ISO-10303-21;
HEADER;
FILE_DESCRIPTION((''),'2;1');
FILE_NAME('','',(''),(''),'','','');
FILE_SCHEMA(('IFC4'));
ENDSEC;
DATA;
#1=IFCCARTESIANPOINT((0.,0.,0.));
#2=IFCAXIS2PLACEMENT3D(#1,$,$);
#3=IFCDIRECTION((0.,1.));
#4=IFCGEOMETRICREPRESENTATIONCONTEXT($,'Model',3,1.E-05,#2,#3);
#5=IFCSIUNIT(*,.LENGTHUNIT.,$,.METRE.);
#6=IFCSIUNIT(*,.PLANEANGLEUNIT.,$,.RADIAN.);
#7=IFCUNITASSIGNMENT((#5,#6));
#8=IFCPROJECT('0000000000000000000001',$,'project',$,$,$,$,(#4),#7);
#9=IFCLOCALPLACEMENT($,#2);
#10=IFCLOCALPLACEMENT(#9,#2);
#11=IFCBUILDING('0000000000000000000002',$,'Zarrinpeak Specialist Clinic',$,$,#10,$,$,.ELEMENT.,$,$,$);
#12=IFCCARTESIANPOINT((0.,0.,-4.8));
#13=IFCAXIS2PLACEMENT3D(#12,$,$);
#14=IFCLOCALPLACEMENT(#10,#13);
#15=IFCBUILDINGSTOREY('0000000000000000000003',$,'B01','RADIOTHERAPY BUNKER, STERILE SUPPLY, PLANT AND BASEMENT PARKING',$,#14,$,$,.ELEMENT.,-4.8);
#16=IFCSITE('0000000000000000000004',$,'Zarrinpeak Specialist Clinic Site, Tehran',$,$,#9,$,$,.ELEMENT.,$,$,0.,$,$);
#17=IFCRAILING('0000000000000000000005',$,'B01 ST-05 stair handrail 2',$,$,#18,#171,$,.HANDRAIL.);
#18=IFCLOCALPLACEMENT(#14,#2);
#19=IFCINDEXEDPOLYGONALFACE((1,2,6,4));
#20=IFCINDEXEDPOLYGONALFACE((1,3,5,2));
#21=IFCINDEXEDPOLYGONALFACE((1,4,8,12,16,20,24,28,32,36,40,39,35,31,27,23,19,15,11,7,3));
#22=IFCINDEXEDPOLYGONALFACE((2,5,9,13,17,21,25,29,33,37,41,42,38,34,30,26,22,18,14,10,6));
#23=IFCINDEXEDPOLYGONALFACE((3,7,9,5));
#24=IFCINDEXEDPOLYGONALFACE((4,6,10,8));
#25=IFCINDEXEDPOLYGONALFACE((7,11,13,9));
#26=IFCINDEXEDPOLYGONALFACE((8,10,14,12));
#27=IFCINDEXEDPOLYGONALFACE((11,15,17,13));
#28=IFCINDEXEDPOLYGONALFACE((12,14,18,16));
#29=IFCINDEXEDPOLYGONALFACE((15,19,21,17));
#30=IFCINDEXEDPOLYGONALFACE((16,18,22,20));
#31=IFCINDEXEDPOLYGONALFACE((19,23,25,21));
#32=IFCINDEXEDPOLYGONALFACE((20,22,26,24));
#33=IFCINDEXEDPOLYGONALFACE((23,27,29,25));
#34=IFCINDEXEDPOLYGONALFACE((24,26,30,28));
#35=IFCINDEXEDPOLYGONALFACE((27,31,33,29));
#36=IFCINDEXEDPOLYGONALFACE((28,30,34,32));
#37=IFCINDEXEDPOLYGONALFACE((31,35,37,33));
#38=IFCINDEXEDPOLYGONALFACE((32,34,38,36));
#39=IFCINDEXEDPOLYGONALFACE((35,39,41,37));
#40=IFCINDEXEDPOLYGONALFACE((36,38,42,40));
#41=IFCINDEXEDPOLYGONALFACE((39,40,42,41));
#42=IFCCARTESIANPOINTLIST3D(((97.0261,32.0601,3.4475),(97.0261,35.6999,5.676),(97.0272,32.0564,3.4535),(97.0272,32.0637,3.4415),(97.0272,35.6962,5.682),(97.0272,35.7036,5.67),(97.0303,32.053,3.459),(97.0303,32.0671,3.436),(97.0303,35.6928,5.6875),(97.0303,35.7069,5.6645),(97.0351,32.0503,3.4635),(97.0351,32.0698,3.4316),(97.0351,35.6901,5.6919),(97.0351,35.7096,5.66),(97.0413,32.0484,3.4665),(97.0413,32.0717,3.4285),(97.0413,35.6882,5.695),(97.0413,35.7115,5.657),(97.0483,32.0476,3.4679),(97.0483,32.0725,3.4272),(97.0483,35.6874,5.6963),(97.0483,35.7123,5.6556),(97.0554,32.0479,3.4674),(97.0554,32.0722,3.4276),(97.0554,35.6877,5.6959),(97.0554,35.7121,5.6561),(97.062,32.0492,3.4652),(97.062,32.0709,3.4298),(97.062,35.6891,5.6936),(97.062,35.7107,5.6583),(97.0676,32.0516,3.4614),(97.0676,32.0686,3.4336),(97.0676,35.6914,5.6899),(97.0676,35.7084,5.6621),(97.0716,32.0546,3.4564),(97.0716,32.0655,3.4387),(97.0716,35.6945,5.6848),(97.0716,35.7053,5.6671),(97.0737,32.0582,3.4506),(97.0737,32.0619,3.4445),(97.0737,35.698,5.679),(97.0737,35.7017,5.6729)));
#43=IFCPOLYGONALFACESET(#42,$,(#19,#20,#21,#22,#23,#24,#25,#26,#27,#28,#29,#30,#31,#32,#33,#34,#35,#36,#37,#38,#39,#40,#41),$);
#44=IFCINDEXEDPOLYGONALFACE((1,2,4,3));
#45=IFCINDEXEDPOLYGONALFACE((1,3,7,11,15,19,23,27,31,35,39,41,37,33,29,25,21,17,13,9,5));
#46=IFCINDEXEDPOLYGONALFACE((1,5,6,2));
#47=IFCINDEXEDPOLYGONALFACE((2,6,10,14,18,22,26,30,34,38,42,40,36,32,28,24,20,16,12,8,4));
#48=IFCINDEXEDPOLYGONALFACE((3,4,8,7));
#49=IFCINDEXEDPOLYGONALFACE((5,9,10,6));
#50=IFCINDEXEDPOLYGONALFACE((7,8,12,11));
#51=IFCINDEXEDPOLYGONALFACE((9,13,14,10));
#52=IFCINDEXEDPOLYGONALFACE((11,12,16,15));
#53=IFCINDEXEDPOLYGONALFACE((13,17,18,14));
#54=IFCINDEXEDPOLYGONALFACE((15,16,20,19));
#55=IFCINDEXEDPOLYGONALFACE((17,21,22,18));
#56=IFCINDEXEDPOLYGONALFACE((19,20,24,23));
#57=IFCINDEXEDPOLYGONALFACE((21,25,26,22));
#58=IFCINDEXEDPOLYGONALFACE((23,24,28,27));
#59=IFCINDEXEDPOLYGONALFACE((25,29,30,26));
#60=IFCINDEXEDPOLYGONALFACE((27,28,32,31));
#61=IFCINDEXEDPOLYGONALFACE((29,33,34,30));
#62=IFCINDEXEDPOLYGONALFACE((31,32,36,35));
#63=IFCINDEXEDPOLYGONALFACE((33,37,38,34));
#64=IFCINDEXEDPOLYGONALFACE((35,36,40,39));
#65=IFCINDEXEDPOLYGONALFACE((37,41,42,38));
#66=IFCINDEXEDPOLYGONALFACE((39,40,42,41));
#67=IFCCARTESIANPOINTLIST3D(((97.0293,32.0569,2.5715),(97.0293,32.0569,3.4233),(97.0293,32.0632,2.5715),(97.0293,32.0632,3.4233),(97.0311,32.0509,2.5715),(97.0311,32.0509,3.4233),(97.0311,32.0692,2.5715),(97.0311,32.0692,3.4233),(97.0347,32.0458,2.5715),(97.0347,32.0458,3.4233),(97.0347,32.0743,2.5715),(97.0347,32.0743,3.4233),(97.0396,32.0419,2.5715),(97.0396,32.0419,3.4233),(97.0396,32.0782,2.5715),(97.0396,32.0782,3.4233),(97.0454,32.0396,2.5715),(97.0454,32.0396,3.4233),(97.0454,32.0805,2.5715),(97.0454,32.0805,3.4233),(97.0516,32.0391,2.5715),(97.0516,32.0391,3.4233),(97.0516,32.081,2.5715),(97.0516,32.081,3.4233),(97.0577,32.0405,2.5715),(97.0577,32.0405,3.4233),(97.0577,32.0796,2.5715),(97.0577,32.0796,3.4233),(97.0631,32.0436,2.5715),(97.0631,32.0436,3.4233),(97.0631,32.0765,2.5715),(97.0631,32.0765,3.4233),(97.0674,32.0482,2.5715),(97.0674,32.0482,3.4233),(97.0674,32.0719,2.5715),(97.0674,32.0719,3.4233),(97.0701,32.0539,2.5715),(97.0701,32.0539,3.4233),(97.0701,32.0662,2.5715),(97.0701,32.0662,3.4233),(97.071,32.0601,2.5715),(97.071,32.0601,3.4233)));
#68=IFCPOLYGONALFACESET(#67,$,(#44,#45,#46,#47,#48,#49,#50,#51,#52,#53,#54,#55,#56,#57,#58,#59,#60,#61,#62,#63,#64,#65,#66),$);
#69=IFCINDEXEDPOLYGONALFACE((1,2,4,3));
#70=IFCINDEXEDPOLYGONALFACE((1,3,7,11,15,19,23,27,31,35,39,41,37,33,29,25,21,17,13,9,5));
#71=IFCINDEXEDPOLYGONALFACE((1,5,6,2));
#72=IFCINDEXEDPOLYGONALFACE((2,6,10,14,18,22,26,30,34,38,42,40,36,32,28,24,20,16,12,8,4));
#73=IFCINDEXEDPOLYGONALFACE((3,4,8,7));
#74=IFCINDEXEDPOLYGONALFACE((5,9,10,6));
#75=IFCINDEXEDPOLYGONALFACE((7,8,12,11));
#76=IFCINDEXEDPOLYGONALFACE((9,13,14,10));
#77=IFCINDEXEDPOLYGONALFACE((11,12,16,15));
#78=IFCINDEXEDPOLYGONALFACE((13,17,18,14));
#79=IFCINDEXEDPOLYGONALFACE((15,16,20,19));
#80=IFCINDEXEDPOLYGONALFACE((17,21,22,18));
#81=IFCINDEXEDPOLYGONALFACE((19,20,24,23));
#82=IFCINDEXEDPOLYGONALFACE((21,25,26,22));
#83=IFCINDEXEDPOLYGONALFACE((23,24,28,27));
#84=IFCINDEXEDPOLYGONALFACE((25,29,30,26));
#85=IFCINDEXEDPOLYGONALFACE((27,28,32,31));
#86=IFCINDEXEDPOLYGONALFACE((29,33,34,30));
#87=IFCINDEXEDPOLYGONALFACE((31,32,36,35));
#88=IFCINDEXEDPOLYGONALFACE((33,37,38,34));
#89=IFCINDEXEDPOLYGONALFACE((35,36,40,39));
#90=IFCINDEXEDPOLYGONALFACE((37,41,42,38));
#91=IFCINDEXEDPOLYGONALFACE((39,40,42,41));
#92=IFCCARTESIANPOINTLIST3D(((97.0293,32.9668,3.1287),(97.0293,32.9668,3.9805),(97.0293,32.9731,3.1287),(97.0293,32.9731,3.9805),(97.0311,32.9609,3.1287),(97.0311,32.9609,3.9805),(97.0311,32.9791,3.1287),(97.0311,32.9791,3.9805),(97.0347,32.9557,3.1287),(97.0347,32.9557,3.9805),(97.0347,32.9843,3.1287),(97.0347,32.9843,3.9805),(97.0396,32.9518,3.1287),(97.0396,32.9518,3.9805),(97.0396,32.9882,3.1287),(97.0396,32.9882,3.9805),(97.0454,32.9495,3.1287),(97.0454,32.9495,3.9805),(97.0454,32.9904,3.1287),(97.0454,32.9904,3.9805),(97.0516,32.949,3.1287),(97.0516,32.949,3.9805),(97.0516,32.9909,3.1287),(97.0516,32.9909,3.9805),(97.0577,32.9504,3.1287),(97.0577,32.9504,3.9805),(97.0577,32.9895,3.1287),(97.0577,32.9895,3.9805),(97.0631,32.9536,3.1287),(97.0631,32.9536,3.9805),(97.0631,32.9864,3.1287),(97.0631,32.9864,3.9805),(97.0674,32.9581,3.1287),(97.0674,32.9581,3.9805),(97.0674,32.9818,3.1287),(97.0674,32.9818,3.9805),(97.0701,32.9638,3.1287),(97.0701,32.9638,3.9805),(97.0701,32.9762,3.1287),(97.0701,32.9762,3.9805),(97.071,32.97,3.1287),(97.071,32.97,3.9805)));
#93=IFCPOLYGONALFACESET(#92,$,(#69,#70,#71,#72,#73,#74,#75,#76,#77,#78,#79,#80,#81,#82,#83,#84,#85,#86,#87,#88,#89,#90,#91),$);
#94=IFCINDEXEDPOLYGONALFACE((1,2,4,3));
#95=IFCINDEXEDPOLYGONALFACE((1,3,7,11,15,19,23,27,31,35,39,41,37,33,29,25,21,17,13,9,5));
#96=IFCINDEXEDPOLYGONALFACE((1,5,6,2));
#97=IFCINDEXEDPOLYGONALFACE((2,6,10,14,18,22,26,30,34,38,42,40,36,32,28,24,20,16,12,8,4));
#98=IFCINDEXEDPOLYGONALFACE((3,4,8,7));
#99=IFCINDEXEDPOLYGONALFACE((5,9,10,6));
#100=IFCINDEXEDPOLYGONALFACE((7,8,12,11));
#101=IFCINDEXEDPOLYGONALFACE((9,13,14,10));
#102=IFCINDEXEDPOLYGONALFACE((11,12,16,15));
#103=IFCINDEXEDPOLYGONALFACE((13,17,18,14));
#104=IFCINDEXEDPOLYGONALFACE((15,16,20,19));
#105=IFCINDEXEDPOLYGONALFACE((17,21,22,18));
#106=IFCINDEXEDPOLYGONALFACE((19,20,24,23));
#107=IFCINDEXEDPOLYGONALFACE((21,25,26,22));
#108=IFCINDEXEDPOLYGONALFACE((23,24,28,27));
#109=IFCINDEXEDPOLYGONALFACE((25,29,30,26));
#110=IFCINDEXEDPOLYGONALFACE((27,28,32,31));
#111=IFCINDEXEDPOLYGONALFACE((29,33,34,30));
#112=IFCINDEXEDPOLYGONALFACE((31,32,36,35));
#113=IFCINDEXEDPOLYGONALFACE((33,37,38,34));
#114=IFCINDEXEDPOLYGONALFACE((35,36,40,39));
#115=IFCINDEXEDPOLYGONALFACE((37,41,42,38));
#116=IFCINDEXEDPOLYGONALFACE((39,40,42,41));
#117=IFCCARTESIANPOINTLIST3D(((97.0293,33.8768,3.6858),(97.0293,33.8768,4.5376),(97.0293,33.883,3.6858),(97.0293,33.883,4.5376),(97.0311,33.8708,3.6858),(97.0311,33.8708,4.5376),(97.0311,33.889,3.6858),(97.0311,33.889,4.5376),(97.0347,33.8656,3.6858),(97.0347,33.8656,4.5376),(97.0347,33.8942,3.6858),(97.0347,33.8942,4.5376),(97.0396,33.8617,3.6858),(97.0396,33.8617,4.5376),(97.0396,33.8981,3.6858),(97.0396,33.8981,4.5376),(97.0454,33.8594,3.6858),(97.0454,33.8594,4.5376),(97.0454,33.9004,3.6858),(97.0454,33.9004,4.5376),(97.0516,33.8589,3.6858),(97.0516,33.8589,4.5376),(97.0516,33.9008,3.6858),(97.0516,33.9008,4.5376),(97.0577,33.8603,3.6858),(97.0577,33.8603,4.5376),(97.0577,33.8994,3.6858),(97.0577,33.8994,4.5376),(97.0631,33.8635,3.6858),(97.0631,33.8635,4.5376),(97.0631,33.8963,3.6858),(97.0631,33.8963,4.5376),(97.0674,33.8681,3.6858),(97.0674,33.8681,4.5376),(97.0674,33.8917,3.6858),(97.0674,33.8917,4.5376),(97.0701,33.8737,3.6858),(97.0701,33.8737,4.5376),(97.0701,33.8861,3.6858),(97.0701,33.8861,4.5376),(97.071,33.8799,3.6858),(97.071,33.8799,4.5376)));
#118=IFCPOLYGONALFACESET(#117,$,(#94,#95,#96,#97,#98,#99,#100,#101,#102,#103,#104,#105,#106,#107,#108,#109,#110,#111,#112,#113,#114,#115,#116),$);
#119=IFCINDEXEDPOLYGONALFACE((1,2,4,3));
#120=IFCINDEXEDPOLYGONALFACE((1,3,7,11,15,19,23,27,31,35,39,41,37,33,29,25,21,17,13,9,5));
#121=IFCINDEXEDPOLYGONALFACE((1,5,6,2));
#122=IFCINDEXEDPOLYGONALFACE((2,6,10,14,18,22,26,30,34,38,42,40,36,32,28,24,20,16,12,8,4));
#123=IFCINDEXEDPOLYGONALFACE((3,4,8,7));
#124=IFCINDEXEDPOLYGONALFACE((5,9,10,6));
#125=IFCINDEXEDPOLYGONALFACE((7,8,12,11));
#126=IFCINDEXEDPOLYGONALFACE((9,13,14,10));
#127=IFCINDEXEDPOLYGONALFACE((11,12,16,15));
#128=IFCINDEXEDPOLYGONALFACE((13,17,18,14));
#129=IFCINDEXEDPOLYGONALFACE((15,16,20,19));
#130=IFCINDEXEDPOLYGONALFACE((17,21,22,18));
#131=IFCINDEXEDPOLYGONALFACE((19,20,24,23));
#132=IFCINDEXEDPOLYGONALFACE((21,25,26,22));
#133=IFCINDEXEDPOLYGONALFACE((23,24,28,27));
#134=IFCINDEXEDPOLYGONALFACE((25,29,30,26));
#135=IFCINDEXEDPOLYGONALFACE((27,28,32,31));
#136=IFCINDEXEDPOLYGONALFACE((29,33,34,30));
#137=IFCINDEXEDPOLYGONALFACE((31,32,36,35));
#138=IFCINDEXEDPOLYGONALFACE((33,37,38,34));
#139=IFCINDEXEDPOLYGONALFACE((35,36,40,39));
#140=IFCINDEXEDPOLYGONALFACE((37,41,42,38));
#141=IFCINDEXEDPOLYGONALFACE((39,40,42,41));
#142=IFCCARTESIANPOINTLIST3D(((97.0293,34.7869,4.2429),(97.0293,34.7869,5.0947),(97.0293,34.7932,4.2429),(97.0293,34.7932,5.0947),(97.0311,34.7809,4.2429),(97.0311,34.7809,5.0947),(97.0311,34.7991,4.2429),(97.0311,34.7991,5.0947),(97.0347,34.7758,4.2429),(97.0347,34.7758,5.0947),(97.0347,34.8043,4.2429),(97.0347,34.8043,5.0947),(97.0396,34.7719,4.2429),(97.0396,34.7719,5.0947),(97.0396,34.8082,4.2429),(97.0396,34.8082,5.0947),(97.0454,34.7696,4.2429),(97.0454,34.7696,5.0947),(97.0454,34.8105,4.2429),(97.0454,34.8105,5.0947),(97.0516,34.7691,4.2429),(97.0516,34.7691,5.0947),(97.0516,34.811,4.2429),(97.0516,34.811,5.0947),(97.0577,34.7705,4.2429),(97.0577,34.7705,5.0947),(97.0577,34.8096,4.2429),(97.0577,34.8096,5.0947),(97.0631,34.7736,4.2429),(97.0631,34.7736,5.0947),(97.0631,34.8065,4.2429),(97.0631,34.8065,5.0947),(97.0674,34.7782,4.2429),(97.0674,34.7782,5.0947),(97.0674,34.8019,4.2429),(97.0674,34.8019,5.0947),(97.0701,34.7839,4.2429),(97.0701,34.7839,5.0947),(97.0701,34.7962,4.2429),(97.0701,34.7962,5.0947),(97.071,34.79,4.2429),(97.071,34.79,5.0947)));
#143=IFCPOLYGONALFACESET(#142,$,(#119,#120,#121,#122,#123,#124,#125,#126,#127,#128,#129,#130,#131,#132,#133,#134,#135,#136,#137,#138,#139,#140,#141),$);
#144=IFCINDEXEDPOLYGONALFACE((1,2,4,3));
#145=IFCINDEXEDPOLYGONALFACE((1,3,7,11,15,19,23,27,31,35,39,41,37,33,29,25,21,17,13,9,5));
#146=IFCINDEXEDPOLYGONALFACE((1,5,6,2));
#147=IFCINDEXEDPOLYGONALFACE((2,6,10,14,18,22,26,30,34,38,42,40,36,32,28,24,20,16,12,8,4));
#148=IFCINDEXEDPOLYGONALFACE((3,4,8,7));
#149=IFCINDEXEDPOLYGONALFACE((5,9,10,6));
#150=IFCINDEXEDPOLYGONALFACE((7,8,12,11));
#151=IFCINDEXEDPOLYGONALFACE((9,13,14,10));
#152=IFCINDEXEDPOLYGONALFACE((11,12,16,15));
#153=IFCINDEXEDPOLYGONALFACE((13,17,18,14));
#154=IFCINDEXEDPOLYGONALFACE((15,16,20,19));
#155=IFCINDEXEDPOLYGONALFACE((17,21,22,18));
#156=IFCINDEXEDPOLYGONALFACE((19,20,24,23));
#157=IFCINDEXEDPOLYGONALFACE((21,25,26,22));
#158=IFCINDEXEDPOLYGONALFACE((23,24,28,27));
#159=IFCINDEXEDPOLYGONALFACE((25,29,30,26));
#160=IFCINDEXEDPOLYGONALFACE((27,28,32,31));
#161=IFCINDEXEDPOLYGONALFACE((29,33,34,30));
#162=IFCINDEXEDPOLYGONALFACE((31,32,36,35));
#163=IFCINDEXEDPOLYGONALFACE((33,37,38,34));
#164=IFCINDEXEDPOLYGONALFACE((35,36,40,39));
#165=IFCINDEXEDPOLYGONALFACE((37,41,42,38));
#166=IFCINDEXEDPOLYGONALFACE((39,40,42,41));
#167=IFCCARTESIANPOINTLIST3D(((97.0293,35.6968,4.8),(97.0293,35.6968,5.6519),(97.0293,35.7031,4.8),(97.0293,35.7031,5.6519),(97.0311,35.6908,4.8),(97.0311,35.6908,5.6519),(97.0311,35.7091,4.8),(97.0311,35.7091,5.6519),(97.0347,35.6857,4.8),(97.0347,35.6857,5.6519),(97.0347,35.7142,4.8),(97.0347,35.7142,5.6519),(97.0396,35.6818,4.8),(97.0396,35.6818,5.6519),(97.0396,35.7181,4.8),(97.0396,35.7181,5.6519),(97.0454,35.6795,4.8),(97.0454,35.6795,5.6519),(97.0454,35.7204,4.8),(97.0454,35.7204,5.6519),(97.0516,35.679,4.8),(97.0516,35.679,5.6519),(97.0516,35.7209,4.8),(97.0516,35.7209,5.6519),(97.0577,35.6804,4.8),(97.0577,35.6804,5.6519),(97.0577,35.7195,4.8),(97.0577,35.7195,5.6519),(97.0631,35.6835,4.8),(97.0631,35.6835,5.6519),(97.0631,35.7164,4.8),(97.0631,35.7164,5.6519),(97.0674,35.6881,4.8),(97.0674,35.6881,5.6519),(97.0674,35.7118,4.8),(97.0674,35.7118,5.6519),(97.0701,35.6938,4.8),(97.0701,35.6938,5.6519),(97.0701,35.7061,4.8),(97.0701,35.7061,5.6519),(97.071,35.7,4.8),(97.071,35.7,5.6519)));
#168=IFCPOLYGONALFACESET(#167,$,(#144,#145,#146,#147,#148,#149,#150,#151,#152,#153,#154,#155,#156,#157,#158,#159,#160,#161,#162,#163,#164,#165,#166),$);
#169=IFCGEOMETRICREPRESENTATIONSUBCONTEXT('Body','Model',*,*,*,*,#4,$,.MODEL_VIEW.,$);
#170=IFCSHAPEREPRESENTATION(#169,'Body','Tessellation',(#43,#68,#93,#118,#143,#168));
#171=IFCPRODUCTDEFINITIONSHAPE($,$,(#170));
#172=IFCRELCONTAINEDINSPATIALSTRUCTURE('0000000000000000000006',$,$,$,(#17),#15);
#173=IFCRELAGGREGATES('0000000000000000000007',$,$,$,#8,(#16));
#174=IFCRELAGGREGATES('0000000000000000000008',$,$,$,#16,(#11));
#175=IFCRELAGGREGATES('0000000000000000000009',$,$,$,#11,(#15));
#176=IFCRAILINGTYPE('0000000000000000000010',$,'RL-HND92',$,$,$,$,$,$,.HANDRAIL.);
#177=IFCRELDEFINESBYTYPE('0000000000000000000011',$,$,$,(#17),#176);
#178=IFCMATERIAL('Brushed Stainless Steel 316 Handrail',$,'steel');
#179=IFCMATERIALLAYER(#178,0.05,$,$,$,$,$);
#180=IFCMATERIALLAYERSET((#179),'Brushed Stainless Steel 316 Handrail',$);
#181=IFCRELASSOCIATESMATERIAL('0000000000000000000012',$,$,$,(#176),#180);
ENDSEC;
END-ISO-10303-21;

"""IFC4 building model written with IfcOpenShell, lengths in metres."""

from ifc_helpers import new_model, si_unit, direction, frame, origin, origin_2d, place, context, subcontext, project, spatial, circle, extrude, material, layer, layer_set, type_object, element, save


model = new_model("IFC4")

# Units and contexts
model_context = context("Model", 3, precision=1e-05, world=origin(), true_north=direction((0.0, 1.0)))
body_context = subcontext(model_context, "Body", "Model", "MODEL_VIEW")
ifc_project = project(units=[si_unit("LENGTHUNIT", "METRE"), si_unit("PLANEANGLEUNIT", "RADIAN")], contexts=[model_context])

# Site, building, storey
site_placement = place(None, origin())
site = spatial("IfcSite", under=ifc_project, at=site_placement, Name="Zarrinpeak Specialist Clinic Site, Tehran", CompositionType="ELEMENT", RefElevation=0.0)
building_placement = place(site_placement, origin())
building = spatial("IfcBuilding", under=site, at=building_placement, Name="Zarrinpeak Specialist Clinic", CompositionType="ELEMENT")
storey_placement = place(building_placement, frame((0.0, 0.0, -4.8)))
storey = spatial("IfcBuildingStorey", under=building, at=storey_placement, Name="B01", Description="RADIOTHERAPY BUNKER, STERILE SUPPLY, PLANT AND BASEMENT PARKING", CompositionType="ELEMENT", Elevation=-4.8)

# Railing
ifc_material_1 = material(Name="Brushed Stainless Steel 316 Handrail", Category="steel")
ifc_layer_1 = layer(ifc_material_1, 0.05)
ifc_layer_set_1 = layer_set([ifc_layer_1], Name="Brushed Stainless Steel 316 Handrail")
railing_type_1 = type_object("IfcRailingType", Name="RL-HND92", PredefinedType="HANDRAIL", material=ifc_layer_set_1)
railing_1_placement = place(storey_placement, frame((97.05, 32.0601, 2.5715)))
element("IfcRailing", 1, at=railing_1_placement, inside=storey, type_object=railing_type_1, Name="B01 ST-05 stair handrail 2", PredefinedType="HANDRAIL", context=body_context, shape_type="SweptSolid", body=[
    extrude(circle(Radius=0.0239, at=origin_2d()), frame((0.0, 0.0, 0.876), z_axis=(0.0, 0.85285, 0.522156), x_axis=(-1.0, 0.0, 0.0)), (0.0, 0.0, 1.0), 4.2678),
    extrude(circle(Radius=0.021, at=origin_2d()), origin(), (0.0, 0.0, 1.0), 0.8518),
    extrude(circle(Radius=0.021, at=origin_2d()), frame((0.0, 0.9099, 0.5571)), (0.0, 0.0, 1.0), 0.8518),
    extrude(circle(Radius=0.021, at=origin_2d()), frame((0.0, 1.8198, 1.1143)), (0.0, 0.0, 1.0), 0.8518),
    extrude(circle(Radius=0.021, at=origin_2d()), frame((0.0, 2.73, 1.6714)), (0.0, 0.0, 1.0), 0.8518),
    extrude(circle(Radius=0.021, at=origin_2d()), frame((0.0, 3.6399, 2.2285)), (0.0, 0.0, 1.0), 0.8518),
])

save(model, "model.ifc")
